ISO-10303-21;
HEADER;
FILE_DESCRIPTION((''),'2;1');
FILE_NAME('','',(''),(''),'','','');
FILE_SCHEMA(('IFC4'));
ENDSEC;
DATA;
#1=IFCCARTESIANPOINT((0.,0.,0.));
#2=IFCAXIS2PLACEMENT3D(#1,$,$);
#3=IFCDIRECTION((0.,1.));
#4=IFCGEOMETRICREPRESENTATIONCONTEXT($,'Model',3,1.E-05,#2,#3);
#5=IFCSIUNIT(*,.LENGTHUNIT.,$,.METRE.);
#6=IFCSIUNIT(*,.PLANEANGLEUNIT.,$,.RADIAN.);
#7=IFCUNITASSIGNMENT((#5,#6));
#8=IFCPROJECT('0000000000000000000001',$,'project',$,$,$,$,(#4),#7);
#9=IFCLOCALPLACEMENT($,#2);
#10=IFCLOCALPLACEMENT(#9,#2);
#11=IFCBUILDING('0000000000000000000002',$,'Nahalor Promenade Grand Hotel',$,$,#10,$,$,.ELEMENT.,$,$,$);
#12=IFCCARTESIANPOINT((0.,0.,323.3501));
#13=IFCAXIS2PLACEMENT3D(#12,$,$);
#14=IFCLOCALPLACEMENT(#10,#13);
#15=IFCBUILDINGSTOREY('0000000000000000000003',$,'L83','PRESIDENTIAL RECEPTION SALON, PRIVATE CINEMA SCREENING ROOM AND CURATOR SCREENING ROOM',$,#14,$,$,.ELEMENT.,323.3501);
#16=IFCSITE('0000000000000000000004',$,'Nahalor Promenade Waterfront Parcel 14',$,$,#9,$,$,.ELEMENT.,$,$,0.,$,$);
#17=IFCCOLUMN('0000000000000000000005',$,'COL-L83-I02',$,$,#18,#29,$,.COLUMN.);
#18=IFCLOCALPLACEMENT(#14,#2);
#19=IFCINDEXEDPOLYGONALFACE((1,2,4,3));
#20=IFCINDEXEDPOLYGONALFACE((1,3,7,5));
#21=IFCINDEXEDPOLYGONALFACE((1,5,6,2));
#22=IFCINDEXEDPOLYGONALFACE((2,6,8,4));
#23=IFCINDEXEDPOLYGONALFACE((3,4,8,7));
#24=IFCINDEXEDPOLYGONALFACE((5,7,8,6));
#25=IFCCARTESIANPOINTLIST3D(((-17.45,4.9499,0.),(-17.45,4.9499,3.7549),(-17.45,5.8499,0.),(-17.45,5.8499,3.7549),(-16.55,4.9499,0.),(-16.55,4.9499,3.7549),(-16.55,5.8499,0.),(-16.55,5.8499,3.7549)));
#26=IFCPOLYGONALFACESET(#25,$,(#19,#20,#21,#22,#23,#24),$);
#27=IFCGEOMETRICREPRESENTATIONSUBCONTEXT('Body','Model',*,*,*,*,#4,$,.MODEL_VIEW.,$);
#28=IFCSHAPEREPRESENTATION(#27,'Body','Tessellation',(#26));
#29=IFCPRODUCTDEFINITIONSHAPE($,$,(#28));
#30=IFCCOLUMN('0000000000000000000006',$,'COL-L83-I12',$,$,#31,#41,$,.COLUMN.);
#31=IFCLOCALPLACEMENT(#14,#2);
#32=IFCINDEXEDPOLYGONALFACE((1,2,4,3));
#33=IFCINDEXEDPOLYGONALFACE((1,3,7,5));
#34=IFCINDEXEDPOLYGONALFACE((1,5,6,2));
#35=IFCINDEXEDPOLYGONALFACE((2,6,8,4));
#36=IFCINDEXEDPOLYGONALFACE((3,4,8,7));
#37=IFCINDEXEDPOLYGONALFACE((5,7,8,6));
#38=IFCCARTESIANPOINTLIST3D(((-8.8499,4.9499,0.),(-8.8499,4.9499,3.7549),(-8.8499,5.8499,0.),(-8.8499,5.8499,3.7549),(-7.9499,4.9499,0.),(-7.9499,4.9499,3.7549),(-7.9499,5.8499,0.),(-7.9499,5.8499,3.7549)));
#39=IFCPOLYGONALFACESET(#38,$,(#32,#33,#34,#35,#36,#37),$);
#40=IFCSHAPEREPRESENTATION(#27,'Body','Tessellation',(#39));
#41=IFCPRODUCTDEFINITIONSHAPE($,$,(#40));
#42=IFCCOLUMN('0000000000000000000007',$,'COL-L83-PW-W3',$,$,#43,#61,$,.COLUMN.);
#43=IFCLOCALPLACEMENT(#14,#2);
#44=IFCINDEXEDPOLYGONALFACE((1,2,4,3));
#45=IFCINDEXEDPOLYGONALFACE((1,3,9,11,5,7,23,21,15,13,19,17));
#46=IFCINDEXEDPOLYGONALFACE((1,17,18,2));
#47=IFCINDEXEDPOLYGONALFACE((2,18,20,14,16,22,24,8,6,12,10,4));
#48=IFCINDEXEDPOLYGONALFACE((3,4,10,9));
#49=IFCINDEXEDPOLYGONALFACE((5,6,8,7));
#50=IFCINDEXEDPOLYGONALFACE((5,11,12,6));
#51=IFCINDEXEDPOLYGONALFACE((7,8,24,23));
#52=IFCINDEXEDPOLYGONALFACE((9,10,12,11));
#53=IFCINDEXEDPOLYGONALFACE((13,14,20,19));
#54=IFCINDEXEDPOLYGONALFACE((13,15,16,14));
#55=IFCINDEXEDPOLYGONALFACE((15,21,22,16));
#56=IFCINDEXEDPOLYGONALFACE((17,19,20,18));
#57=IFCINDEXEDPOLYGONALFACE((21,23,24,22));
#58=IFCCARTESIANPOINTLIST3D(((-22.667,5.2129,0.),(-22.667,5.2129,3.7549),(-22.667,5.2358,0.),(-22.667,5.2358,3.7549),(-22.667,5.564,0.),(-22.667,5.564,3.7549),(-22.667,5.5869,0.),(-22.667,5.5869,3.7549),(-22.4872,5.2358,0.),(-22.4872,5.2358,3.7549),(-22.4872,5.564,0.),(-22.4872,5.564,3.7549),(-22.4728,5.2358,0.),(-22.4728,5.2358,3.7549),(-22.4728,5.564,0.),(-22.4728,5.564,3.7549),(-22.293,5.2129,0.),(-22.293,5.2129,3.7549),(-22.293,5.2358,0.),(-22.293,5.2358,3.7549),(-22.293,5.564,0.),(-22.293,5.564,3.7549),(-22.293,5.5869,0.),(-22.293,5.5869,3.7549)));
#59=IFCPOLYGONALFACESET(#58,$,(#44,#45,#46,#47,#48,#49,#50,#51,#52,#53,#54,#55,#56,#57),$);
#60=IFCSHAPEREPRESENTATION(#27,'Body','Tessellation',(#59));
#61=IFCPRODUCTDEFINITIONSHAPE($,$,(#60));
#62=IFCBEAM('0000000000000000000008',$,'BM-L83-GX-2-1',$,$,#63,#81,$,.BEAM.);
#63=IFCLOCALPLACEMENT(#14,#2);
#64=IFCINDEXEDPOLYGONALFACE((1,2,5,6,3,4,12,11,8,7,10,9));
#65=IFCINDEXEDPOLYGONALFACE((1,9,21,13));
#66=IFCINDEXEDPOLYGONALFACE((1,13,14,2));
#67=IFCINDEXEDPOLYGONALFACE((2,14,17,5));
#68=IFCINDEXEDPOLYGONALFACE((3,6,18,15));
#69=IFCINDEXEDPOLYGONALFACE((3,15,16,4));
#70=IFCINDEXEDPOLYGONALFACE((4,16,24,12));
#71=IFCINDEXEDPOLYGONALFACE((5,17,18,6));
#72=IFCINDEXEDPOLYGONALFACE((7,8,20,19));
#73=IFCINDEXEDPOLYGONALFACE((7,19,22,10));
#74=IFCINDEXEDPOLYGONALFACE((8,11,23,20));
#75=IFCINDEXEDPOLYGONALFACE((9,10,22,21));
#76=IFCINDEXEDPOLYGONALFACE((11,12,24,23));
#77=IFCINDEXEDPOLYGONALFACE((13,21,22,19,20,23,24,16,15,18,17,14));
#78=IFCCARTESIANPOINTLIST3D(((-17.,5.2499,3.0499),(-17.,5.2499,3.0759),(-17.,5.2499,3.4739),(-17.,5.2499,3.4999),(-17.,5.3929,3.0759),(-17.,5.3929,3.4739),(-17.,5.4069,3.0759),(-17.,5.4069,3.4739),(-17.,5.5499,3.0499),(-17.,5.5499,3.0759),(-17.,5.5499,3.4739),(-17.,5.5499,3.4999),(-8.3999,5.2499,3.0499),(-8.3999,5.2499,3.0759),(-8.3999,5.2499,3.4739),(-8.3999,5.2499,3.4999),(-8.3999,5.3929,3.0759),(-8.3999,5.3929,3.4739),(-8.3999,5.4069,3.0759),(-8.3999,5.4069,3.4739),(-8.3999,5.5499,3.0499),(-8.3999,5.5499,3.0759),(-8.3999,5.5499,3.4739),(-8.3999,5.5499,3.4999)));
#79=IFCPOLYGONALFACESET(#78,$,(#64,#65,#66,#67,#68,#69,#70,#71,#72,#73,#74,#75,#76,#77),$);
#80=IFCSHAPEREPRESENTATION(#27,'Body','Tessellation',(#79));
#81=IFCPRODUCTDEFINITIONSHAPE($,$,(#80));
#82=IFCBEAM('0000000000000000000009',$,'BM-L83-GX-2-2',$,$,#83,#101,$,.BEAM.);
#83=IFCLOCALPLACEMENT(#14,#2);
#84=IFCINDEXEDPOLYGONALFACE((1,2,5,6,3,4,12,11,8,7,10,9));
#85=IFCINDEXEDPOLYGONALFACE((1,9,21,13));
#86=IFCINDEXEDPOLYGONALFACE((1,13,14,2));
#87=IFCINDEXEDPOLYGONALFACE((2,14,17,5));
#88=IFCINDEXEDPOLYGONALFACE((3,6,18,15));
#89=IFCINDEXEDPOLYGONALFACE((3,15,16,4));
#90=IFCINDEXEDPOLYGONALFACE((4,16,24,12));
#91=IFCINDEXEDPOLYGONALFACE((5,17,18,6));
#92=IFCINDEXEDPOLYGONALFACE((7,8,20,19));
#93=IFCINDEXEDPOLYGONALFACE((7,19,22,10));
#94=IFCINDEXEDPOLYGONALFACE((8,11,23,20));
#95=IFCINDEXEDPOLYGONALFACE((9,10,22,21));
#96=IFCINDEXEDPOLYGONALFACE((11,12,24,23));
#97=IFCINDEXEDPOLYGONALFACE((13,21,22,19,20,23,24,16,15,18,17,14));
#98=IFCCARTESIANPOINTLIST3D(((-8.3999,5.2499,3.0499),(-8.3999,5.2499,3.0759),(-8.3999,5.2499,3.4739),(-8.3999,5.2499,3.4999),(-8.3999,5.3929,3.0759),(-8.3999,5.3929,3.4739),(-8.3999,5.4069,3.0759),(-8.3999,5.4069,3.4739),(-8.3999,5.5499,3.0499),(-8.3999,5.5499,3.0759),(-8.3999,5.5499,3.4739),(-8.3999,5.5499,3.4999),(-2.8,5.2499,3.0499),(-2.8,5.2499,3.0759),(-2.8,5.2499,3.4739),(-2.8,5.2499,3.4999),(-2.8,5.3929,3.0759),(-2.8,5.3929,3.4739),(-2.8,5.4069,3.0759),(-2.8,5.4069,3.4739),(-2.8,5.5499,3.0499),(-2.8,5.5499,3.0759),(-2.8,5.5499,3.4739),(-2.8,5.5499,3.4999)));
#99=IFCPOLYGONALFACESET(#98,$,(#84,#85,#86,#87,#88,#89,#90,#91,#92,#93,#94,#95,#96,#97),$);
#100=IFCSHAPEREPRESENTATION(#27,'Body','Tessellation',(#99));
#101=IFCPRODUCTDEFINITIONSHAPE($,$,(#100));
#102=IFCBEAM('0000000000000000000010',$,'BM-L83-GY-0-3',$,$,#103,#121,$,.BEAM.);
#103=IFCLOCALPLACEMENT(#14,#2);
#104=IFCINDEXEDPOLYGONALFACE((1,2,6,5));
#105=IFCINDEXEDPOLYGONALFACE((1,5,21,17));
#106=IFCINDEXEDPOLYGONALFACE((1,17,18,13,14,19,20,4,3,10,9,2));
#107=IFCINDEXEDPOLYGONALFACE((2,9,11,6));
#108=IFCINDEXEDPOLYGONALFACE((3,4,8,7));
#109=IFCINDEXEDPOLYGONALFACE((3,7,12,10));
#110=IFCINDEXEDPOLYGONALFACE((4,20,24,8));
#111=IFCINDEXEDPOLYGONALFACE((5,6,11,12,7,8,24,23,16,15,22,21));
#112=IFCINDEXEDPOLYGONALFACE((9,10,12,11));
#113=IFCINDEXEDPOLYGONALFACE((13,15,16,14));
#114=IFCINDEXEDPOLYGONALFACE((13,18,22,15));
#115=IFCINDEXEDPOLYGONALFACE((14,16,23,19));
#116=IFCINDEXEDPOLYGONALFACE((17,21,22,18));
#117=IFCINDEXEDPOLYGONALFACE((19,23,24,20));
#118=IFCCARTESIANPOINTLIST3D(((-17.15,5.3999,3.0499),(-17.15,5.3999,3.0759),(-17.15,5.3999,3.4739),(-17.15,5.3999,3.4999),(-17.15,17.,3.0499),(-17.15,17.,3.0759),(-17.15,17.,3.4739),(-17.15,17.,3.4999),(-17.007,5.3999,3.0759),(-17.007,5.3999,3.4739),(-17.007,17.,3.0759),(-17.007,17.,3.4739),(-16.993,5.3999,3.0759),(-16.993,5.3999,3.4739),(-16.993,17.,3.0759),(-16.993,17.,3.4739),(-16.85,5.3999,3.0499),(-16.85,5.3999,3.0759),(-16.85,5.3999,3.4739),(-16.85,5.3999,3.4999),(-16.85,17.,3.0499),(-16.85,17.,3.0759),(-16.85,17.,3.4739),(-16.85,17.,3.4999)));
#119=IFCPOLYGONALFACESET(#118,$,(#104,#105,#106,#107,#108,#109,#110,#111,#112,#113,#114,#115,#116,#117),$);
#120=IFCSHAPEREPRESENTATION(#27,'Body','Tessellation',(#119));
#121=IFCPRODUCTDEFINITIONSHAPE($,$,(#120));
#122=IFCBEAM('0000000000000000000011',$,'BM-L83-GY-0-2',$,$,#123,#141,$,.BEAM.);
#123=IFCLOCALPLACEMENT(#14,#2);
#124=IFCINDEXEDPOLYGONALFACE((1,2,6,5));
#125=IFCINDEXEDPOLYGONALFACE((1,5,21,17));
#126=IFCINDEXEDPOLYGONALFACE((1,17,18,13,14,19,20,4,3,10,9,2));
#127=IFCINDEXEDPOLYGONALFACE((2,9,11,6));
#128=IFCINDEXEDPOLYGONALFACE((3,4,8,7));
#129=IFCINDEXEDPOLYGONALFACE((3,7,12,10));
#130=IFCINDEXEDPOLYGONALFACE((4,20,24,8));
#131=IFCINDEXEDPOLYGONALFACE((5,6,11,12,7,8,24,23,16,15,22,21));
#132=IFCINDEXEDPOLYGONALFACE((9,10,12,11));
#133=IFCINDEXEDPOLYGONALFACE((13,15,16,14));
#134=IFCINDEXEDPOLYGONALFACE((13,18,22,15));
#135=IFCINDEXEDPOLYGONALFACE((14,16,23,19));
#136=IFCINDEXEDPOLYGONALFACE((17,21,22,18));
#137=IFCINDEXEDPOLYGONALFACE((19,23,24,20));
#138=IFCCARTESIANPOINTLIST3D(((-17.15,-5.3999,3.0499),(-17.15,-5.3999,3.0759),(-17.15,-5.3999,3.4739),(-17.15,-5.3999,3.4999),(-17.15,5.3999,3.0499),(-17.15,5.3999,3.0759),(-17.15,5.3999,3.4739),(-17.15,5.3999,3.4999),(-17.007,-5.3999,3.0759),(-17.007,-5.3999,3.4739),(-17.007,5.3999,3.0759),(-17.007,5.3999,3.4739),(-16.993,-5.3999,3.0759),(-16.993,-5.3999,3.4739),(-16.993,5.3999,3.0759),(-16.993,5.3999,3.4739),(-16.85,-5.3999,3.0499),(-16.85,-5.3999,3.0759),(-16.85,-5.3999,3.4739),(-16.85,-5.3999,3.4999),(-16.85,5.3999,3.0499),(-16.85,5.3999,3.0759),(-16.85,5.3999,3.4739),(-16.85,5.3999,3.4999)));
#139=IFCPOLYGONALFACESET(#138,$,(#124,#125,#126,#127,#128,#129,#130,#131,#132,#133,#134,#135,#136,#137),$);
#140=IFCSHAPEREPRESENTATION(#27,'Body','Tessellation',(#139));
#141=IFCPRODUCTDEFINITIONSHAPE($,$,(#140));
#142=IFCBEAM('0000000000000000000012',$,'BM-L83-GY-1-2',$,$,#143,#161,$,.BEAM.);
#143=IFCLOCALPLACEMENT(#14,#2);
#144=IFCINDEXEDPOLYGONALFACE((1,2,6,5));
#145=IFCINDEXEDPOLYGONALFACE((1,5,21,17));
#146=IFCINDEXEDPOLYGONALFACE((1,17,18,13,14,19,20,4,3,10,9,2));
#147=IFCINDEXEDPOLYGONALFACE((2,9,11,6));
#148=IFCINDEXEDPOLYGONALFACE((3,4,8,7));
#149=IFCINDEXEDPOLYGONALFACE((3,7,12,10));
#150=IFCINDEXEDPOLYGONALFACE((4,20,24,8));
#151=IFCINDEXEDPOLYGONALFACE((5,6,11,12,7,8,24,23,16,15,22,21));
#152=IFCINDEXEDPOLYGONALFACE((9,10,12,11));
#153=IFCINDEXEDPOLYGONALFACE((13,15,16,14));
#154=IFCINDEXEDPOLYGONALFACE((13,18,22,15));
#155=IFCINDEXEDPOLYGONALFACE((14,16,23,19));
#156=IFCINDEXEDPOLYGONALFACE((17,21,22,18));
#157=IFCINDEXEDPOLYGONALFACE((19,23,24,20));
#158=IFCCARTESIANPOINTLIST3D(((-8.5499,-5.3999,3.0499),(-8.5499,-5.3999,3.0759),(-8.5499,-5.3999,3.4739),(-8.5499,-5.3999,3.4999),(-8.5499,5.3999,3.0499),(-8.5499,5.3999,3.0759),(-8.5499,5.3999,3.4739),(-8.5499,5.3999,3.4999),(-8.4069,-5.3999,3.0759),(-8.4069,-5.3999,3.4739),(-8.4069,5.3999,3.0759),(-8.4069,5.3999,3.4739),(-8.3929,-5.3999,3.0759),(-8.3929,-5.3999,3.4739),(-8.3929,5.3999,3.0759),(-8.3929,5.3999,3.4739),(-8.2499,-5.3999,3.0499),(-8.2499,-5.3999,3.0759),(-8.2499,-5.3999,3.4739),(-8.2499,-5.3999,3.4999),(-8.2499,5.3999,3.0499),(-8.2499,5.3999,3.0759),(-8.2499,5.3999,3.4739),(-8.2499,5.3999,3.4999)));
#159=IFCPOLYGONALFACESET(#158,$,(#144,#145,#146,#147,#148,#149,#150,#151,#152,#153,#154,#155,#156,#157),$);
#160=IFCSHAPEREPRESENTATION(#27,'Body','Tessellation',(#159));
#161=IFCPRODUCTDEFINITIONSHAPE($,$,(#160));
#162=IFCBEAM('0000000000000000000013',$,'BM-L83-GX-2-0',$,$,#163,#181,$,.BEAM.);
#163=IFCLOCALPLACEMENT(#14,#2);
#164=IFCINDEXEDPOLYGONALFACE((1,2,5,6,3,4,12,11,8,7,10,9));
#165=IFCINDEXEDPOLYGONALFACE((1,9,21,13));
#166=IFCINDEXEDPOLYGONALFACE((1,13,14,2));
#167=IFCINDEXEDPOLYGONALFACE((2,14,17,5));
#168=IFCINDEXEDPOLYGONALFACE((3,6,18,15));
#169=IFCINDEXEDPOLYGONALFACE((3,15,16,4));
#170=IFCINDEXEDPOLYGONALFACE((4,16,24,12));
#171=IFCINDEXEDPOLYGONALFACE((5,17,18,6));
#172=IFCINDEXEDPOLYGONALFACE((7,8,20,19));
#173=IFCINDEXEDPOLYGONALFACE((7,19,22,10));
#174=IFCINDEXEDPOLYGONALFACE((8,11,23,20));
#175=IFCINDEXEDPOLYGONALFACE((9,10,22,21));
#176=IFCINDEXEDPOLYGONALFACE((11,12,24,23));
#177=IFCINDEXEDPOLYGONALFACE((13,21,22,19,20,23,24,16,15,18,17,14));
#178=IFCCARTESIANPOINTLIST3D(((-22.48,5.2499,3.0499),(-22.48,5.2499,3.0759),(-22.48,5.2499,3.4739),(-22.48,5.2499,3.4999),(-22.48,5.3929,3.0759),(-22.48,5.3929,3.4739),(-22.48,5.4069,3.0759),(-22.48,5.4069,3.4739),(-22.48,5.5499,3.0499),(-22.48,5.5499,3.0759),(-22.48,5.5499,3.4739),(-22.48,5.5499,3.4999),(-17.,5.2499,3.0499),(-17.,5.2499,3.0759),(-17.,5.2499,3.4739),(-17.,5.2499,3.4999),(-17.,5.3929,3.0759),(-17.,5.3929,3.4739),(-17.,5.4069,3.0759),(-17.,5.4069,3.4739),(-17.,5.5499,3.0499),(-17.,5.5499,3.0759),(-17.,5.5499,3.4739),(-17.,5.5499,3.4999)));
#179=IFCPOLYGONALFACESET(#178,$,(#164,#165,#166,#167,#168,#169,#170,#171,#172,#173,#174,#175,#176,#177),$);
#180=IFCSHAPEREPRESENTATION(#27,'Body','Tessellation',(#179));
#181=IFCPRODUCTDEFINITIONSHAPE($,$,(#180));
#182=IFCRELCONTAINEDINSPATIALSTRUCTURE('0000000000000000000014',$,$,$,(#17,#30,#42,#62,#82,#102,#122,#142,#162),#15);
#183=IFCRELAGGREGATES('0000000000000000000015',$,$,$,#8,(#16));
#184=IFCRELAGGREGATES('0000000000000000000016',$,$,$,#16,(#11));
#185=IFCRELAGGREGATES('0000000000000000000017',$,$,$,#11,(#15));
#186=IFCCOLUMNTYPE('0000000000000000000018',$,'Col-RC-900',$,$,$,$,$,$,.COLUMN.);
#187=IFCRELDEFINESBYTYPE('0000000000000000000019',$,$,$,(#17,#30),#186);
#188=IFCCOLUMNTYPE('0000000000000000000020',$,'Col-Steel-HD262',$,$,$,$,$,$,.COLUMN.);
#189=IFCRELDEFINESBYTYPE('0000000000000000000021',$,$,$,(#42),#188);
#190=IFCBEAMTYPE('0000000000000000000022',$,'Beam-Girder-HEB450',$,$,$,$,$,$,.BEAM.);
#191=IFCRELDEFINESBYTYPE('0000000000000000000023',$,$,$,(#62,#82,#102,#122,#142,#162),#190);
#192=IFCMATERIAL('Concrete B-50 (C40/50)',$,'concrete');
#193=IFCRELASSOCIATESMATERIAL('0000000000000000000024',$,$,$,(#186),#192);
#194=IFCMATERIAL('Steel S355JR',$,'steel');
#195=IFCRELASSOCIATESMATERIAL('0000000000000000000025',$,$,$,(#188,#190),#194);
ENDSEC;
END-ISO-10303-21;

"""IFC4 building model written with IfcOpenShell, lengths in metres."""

from ifc_helpers import new_model, si_unit, direction, frame, origin, origin_2d, place, context, subcontext, project, spatial, rectangle, i_section, extrude, source, transform, mapped, material, material_profile, profile_set, type_object, element, save


model = new_model("IFC4")

# Units and contexts
model_context = context("Model", 3, precision=1e-05, world=origin(), true_north=direction((0.0, 1.0)))
body_context = subcontext(model_context, "Body", "Model", "MODEL_VIEW")
ifc_project = project(units=[si_unit("LENGTHUNIT", "METRE"), si_unit("PLANEANGLEUNIT", "RADIAN")], contexts=[model_context])

# Site, building, storey
site_placement = place(None, origin())
site = spatial("IfcSite", under=ifc_project, at=site_placement, Name="Nahalor Promenade Waterfront Parcel 14", CompositionType="ELEMENT", RefElevation=0.0)
building_placement = place(site_placement, origin())
building = spatial("IfcBuilding", under=site, at=building_placement, Name="Nahalor Promenade Grand Hotel", CompositionType="ELEMENT")
storey_placement = place(building_placement, frame((0.0, 0.0, 323.3501)))
storey = spatial("IfcBuildingStorey", under=building, at=storey_placement, Name="L83", Description="PRESIDENTIAL RECEPTION SALON, PRIVATE CINEMA SCREENING ROOM AND CURATOR SCREENING ROOM", CompositionType="ELEMENT", Elevation=323.3501)

# Columns
ifc_material_1 = material(Name="Concrete B-50 (C40/50)", Category="concrete")
ifc_material_profile_1 = material_profile(ifc_material_1, rectangle(XDim=0.9, YDim=0.9, at=origin_2d()), Name="RC 900x900")
ifc_profile_set_1 = profile_set([ifc_material_profile_1], Name="Concrete B-50 (C40/50)")
column_type_1 = type_object("IfcColumnType", Name="Col-RC-900", PredefinedType="COLUMN", material=ifc_profile_set_1)
shared_shape_1 = source(origin(), body_context, "Body", "SweptSolid", [
    extrude(rectangle(XDim=0.9, YDim=0.9, at=origin_2d()), origin(), (0.0, 0.0, 1.0), 3.7549),
])
for number, where, z_axis, x_axis, name in (
    (1, (-17.0, 5.3999, 0.0), (0.0, 0.0, 1.0), (1.0, 0.0, 0.0), "COL-L83-I02"),
    (2, (-8.3999, 5.3999, 0.0), (0.0, 0.0, 1.0), (1.0, 0.0, 0.0), "COL-L83-I12"),
):
    element("IfcColumn", number, at=place(storey_placement, frame(where, z_axis=z_axis, x_axis=x_axis)), inside=storey, type_object=column_type_1, Name=name, PredefinedType="COLUMN", context=body_context, shape_type="MappedRepresentation", body=[
        mapped(shared_shape_1, transform((0.0, 0.0, 0.0), scale=1.0)),
    ])
ifc_material_2 = material(Name="Steel S355JR", Category="steel")
ifc_material_profile_2 = material_profile(ifc_material_2, i_section(OverallWidth=0.374, OverallDepth=0.374, WebThickness=0.0144, FlangeThickness=0.0229, at=origin_2d()), Name="HD 360x262")
ifc_profile_set_2 = profile_set([ifc_material_profile_2], Name="Steel S355JR")
column_type_2 = type_object("IfcColumnType", Name="Col-Steel-HD262", PredefinedType="COLUMN", material=ifc_profile_set_2)
shared_shape_2 = source(origin(), body_context, "Body", "SweptSolid", [
    extrude(i_section(OverallWidth=0.374, OverallDepth=0.374, WebThickness=0.0144, FlangeThickness=0.0229, at=origin_2d()), origin(), (0.0, 0.0, 1.0), 3.7549),
])
column_placement = place(storey_placement, frame((-22.48, 5.3999, 0.0), z_axis=(0.0, 0.0, 1.0), x_axis=(1.0, 0.0, 0.0)))
element("IfcColumn", 3, at=column_placement, inside=storey, type_object=column_type_2, Name="COL-L83-PW-W3", PredefinedType="COLUMN", context=body_context, shape_type="MappedRepresentation", body=[
    mapped(shared_shape_2, transform((0.0, 0.0, 0.0), scale=1.0)),
])

# Beams
ifc_material_profile_3 = material_profile(ifc_material_2, i_section(OverallWidth=0.3, OverallDepth=0.45, WebThickness=0.014, FlangeThickness=0.026, at=origin_2d()), Name="HEB 450")
ifc_profile_set_3 = profile_set([ifc_material_profile_3], Name="Steel S355JR")
beam_type_1 = type_object("IfcBeamType", Name="Beam-Girder-HEB450", PredefinedType="BEAM", material=ifc_profile_set_3)
shared_shape_3 = source(origin(), body_context, "Body", "SweptSolid", [
    extrude(i_section(OverallWidth=0.3, OverallDepth=0.45, WebThickness=0.014, FlangeThickness=0.026, at=origin_2d()), origin(), (0.0, 0.0, 1.0), 8.6001),
])
beam_1_placement = place(storey_placement, frame((-17.0, 5.3999, 3.2749), z_axis=(1.0, 0.0, 0.0), x_axis=(0.0, 1.0, 0.0)))
element("IfcBeam", 4, at=beam_1_placement, inside=storey, type_object=beam_type_1, Name="BM-L83-GX-2-1", PredefinedType="BEAM", context=body_context, shape_type="MappedRepresentation", body=[
    mapped(shared_shape_3, transform((0.0, 0.0, 0.0), scale=1.0)),
])
shared_shape_4 = source(origin(), body_context, "Body", "SweptSolid", [
    extrude(i_section(OverallWidth=0.3, OverallDepth=0.45, WebThickness=0.014, FlangeThickness=0.026, at=origin_2d()), origin(), (0.0, 0.0, 1.0), 5.5999),
])
beam_2_placement = place(storey_placement, frame((-8.3999, 5.3999, 3.2749), z_axis=(1.0, 0.0, 0.0), x_axis=(0.0, 1.0, 0.0)))
element("IfcBeam", 5, at=beam_2_placement, inside=storey, type_object=beam_type_1, Name="BM-L83-GX-2-2", PredefinedType="BEAM", context=body_context, shape_type="MappedRepresentation", body=[
    mapped(shared_shape_4, transform((0.0, 0.0, 0.0), scale=1.0)),
])
shared_shape_5 = source(origin(), body_context, "Body", "SweptSolid", [
    extrude(i_section(OverallWidth=0.3, OverallDepth=0.45, WebThickness=0.014, FlangeThickness=0.026, at=origin_2d()), origin(), (0.0, 0.0, 1.0), 11.6001),
])
beam_3_placement = place(storey_placement, frame((-17.0, 5.3999, 3.2749), z_axis=(0.0, 1.0, 0.0), x_axis=(-1.0, 0.0, 0.0)))
element("IfcBeam", 6, at=beam_3_placement, inside=storey, type_object=beam_type_1, Name="BM-L83-GY-0-3", PredefinedType="BEAM", context=body_context, shape_type="MappedRepresentation", body=[
    mapped(shared_shape_5, transform((0.0, 0.0, 0.0), scale=1.0)),
])
shared_shape_6 = source(origin(), body_context, "Body", "SweptSolid", [
    extrude(i_section(OverallWidth=0.3, OverallDepth=0.45, WebThickness=0.014, FlangeThickness=0.026, at=origin_2d()), origin(), (0.0, 0.0, 1.0), 10.7998),
])
for number, where, z_axis, x_axis, name in (
    (7, (-17.0, -5.3999, 3.2749), (0.0, 1.0, 0.0), (-1.0, 0.0, 0.0), "BM-L83-GY-0-2"),
    (8, (-8.3999, -5.3999, 3.2749), (0.0, 1.0, 0.0), (-1.0, 0.0, 0.0), "BM-L83-GY-1-2"),
):
    element("IfcBeam", number, at=place(storey_placement, frame(where, z_axis=z_axis, x_axis=x_axis)), inside=storey, type_object=beam_type_1, Name=name, PredefinedType="BEAM", context=body_context, shape_type="MappedRepresentation", body=[
        mapped(shared_shape_6, transform((0.0, 0.0, 0.0), scale=1.0)),
    ])
shared_shape_7 = source(origin(), body_context, "Body", "SweptSolid", [
    extrude(i_section(OverallWidth=0.3, OverallDepth=0.45, WebThickness=0.014, FlangeThickness=0.026, at=origin_2d()), origin(), (0.0, 0.0, 1.0), 5.48),
])
beam_4_placement = place(storey_placement, frame((-22.48, 5.3999, 3.2749), z_axis=(1.0, 0.0, 0.0), x_axis=(0.0, 1.0, 0.0)))
element("IfcBeam", 9, at=beam_4_placement, inside=storey, type_object=beam_type_1, Name="BM-L83-GX-2-0", PredefinedType="BEAM", context=body_context, shape_type="MappedRepresentation", body=[
    mapped(shared_shape_7, transform((0.0, 0.0, 0.0), scale=1.0)),
])

save(model, "model.ifc")
